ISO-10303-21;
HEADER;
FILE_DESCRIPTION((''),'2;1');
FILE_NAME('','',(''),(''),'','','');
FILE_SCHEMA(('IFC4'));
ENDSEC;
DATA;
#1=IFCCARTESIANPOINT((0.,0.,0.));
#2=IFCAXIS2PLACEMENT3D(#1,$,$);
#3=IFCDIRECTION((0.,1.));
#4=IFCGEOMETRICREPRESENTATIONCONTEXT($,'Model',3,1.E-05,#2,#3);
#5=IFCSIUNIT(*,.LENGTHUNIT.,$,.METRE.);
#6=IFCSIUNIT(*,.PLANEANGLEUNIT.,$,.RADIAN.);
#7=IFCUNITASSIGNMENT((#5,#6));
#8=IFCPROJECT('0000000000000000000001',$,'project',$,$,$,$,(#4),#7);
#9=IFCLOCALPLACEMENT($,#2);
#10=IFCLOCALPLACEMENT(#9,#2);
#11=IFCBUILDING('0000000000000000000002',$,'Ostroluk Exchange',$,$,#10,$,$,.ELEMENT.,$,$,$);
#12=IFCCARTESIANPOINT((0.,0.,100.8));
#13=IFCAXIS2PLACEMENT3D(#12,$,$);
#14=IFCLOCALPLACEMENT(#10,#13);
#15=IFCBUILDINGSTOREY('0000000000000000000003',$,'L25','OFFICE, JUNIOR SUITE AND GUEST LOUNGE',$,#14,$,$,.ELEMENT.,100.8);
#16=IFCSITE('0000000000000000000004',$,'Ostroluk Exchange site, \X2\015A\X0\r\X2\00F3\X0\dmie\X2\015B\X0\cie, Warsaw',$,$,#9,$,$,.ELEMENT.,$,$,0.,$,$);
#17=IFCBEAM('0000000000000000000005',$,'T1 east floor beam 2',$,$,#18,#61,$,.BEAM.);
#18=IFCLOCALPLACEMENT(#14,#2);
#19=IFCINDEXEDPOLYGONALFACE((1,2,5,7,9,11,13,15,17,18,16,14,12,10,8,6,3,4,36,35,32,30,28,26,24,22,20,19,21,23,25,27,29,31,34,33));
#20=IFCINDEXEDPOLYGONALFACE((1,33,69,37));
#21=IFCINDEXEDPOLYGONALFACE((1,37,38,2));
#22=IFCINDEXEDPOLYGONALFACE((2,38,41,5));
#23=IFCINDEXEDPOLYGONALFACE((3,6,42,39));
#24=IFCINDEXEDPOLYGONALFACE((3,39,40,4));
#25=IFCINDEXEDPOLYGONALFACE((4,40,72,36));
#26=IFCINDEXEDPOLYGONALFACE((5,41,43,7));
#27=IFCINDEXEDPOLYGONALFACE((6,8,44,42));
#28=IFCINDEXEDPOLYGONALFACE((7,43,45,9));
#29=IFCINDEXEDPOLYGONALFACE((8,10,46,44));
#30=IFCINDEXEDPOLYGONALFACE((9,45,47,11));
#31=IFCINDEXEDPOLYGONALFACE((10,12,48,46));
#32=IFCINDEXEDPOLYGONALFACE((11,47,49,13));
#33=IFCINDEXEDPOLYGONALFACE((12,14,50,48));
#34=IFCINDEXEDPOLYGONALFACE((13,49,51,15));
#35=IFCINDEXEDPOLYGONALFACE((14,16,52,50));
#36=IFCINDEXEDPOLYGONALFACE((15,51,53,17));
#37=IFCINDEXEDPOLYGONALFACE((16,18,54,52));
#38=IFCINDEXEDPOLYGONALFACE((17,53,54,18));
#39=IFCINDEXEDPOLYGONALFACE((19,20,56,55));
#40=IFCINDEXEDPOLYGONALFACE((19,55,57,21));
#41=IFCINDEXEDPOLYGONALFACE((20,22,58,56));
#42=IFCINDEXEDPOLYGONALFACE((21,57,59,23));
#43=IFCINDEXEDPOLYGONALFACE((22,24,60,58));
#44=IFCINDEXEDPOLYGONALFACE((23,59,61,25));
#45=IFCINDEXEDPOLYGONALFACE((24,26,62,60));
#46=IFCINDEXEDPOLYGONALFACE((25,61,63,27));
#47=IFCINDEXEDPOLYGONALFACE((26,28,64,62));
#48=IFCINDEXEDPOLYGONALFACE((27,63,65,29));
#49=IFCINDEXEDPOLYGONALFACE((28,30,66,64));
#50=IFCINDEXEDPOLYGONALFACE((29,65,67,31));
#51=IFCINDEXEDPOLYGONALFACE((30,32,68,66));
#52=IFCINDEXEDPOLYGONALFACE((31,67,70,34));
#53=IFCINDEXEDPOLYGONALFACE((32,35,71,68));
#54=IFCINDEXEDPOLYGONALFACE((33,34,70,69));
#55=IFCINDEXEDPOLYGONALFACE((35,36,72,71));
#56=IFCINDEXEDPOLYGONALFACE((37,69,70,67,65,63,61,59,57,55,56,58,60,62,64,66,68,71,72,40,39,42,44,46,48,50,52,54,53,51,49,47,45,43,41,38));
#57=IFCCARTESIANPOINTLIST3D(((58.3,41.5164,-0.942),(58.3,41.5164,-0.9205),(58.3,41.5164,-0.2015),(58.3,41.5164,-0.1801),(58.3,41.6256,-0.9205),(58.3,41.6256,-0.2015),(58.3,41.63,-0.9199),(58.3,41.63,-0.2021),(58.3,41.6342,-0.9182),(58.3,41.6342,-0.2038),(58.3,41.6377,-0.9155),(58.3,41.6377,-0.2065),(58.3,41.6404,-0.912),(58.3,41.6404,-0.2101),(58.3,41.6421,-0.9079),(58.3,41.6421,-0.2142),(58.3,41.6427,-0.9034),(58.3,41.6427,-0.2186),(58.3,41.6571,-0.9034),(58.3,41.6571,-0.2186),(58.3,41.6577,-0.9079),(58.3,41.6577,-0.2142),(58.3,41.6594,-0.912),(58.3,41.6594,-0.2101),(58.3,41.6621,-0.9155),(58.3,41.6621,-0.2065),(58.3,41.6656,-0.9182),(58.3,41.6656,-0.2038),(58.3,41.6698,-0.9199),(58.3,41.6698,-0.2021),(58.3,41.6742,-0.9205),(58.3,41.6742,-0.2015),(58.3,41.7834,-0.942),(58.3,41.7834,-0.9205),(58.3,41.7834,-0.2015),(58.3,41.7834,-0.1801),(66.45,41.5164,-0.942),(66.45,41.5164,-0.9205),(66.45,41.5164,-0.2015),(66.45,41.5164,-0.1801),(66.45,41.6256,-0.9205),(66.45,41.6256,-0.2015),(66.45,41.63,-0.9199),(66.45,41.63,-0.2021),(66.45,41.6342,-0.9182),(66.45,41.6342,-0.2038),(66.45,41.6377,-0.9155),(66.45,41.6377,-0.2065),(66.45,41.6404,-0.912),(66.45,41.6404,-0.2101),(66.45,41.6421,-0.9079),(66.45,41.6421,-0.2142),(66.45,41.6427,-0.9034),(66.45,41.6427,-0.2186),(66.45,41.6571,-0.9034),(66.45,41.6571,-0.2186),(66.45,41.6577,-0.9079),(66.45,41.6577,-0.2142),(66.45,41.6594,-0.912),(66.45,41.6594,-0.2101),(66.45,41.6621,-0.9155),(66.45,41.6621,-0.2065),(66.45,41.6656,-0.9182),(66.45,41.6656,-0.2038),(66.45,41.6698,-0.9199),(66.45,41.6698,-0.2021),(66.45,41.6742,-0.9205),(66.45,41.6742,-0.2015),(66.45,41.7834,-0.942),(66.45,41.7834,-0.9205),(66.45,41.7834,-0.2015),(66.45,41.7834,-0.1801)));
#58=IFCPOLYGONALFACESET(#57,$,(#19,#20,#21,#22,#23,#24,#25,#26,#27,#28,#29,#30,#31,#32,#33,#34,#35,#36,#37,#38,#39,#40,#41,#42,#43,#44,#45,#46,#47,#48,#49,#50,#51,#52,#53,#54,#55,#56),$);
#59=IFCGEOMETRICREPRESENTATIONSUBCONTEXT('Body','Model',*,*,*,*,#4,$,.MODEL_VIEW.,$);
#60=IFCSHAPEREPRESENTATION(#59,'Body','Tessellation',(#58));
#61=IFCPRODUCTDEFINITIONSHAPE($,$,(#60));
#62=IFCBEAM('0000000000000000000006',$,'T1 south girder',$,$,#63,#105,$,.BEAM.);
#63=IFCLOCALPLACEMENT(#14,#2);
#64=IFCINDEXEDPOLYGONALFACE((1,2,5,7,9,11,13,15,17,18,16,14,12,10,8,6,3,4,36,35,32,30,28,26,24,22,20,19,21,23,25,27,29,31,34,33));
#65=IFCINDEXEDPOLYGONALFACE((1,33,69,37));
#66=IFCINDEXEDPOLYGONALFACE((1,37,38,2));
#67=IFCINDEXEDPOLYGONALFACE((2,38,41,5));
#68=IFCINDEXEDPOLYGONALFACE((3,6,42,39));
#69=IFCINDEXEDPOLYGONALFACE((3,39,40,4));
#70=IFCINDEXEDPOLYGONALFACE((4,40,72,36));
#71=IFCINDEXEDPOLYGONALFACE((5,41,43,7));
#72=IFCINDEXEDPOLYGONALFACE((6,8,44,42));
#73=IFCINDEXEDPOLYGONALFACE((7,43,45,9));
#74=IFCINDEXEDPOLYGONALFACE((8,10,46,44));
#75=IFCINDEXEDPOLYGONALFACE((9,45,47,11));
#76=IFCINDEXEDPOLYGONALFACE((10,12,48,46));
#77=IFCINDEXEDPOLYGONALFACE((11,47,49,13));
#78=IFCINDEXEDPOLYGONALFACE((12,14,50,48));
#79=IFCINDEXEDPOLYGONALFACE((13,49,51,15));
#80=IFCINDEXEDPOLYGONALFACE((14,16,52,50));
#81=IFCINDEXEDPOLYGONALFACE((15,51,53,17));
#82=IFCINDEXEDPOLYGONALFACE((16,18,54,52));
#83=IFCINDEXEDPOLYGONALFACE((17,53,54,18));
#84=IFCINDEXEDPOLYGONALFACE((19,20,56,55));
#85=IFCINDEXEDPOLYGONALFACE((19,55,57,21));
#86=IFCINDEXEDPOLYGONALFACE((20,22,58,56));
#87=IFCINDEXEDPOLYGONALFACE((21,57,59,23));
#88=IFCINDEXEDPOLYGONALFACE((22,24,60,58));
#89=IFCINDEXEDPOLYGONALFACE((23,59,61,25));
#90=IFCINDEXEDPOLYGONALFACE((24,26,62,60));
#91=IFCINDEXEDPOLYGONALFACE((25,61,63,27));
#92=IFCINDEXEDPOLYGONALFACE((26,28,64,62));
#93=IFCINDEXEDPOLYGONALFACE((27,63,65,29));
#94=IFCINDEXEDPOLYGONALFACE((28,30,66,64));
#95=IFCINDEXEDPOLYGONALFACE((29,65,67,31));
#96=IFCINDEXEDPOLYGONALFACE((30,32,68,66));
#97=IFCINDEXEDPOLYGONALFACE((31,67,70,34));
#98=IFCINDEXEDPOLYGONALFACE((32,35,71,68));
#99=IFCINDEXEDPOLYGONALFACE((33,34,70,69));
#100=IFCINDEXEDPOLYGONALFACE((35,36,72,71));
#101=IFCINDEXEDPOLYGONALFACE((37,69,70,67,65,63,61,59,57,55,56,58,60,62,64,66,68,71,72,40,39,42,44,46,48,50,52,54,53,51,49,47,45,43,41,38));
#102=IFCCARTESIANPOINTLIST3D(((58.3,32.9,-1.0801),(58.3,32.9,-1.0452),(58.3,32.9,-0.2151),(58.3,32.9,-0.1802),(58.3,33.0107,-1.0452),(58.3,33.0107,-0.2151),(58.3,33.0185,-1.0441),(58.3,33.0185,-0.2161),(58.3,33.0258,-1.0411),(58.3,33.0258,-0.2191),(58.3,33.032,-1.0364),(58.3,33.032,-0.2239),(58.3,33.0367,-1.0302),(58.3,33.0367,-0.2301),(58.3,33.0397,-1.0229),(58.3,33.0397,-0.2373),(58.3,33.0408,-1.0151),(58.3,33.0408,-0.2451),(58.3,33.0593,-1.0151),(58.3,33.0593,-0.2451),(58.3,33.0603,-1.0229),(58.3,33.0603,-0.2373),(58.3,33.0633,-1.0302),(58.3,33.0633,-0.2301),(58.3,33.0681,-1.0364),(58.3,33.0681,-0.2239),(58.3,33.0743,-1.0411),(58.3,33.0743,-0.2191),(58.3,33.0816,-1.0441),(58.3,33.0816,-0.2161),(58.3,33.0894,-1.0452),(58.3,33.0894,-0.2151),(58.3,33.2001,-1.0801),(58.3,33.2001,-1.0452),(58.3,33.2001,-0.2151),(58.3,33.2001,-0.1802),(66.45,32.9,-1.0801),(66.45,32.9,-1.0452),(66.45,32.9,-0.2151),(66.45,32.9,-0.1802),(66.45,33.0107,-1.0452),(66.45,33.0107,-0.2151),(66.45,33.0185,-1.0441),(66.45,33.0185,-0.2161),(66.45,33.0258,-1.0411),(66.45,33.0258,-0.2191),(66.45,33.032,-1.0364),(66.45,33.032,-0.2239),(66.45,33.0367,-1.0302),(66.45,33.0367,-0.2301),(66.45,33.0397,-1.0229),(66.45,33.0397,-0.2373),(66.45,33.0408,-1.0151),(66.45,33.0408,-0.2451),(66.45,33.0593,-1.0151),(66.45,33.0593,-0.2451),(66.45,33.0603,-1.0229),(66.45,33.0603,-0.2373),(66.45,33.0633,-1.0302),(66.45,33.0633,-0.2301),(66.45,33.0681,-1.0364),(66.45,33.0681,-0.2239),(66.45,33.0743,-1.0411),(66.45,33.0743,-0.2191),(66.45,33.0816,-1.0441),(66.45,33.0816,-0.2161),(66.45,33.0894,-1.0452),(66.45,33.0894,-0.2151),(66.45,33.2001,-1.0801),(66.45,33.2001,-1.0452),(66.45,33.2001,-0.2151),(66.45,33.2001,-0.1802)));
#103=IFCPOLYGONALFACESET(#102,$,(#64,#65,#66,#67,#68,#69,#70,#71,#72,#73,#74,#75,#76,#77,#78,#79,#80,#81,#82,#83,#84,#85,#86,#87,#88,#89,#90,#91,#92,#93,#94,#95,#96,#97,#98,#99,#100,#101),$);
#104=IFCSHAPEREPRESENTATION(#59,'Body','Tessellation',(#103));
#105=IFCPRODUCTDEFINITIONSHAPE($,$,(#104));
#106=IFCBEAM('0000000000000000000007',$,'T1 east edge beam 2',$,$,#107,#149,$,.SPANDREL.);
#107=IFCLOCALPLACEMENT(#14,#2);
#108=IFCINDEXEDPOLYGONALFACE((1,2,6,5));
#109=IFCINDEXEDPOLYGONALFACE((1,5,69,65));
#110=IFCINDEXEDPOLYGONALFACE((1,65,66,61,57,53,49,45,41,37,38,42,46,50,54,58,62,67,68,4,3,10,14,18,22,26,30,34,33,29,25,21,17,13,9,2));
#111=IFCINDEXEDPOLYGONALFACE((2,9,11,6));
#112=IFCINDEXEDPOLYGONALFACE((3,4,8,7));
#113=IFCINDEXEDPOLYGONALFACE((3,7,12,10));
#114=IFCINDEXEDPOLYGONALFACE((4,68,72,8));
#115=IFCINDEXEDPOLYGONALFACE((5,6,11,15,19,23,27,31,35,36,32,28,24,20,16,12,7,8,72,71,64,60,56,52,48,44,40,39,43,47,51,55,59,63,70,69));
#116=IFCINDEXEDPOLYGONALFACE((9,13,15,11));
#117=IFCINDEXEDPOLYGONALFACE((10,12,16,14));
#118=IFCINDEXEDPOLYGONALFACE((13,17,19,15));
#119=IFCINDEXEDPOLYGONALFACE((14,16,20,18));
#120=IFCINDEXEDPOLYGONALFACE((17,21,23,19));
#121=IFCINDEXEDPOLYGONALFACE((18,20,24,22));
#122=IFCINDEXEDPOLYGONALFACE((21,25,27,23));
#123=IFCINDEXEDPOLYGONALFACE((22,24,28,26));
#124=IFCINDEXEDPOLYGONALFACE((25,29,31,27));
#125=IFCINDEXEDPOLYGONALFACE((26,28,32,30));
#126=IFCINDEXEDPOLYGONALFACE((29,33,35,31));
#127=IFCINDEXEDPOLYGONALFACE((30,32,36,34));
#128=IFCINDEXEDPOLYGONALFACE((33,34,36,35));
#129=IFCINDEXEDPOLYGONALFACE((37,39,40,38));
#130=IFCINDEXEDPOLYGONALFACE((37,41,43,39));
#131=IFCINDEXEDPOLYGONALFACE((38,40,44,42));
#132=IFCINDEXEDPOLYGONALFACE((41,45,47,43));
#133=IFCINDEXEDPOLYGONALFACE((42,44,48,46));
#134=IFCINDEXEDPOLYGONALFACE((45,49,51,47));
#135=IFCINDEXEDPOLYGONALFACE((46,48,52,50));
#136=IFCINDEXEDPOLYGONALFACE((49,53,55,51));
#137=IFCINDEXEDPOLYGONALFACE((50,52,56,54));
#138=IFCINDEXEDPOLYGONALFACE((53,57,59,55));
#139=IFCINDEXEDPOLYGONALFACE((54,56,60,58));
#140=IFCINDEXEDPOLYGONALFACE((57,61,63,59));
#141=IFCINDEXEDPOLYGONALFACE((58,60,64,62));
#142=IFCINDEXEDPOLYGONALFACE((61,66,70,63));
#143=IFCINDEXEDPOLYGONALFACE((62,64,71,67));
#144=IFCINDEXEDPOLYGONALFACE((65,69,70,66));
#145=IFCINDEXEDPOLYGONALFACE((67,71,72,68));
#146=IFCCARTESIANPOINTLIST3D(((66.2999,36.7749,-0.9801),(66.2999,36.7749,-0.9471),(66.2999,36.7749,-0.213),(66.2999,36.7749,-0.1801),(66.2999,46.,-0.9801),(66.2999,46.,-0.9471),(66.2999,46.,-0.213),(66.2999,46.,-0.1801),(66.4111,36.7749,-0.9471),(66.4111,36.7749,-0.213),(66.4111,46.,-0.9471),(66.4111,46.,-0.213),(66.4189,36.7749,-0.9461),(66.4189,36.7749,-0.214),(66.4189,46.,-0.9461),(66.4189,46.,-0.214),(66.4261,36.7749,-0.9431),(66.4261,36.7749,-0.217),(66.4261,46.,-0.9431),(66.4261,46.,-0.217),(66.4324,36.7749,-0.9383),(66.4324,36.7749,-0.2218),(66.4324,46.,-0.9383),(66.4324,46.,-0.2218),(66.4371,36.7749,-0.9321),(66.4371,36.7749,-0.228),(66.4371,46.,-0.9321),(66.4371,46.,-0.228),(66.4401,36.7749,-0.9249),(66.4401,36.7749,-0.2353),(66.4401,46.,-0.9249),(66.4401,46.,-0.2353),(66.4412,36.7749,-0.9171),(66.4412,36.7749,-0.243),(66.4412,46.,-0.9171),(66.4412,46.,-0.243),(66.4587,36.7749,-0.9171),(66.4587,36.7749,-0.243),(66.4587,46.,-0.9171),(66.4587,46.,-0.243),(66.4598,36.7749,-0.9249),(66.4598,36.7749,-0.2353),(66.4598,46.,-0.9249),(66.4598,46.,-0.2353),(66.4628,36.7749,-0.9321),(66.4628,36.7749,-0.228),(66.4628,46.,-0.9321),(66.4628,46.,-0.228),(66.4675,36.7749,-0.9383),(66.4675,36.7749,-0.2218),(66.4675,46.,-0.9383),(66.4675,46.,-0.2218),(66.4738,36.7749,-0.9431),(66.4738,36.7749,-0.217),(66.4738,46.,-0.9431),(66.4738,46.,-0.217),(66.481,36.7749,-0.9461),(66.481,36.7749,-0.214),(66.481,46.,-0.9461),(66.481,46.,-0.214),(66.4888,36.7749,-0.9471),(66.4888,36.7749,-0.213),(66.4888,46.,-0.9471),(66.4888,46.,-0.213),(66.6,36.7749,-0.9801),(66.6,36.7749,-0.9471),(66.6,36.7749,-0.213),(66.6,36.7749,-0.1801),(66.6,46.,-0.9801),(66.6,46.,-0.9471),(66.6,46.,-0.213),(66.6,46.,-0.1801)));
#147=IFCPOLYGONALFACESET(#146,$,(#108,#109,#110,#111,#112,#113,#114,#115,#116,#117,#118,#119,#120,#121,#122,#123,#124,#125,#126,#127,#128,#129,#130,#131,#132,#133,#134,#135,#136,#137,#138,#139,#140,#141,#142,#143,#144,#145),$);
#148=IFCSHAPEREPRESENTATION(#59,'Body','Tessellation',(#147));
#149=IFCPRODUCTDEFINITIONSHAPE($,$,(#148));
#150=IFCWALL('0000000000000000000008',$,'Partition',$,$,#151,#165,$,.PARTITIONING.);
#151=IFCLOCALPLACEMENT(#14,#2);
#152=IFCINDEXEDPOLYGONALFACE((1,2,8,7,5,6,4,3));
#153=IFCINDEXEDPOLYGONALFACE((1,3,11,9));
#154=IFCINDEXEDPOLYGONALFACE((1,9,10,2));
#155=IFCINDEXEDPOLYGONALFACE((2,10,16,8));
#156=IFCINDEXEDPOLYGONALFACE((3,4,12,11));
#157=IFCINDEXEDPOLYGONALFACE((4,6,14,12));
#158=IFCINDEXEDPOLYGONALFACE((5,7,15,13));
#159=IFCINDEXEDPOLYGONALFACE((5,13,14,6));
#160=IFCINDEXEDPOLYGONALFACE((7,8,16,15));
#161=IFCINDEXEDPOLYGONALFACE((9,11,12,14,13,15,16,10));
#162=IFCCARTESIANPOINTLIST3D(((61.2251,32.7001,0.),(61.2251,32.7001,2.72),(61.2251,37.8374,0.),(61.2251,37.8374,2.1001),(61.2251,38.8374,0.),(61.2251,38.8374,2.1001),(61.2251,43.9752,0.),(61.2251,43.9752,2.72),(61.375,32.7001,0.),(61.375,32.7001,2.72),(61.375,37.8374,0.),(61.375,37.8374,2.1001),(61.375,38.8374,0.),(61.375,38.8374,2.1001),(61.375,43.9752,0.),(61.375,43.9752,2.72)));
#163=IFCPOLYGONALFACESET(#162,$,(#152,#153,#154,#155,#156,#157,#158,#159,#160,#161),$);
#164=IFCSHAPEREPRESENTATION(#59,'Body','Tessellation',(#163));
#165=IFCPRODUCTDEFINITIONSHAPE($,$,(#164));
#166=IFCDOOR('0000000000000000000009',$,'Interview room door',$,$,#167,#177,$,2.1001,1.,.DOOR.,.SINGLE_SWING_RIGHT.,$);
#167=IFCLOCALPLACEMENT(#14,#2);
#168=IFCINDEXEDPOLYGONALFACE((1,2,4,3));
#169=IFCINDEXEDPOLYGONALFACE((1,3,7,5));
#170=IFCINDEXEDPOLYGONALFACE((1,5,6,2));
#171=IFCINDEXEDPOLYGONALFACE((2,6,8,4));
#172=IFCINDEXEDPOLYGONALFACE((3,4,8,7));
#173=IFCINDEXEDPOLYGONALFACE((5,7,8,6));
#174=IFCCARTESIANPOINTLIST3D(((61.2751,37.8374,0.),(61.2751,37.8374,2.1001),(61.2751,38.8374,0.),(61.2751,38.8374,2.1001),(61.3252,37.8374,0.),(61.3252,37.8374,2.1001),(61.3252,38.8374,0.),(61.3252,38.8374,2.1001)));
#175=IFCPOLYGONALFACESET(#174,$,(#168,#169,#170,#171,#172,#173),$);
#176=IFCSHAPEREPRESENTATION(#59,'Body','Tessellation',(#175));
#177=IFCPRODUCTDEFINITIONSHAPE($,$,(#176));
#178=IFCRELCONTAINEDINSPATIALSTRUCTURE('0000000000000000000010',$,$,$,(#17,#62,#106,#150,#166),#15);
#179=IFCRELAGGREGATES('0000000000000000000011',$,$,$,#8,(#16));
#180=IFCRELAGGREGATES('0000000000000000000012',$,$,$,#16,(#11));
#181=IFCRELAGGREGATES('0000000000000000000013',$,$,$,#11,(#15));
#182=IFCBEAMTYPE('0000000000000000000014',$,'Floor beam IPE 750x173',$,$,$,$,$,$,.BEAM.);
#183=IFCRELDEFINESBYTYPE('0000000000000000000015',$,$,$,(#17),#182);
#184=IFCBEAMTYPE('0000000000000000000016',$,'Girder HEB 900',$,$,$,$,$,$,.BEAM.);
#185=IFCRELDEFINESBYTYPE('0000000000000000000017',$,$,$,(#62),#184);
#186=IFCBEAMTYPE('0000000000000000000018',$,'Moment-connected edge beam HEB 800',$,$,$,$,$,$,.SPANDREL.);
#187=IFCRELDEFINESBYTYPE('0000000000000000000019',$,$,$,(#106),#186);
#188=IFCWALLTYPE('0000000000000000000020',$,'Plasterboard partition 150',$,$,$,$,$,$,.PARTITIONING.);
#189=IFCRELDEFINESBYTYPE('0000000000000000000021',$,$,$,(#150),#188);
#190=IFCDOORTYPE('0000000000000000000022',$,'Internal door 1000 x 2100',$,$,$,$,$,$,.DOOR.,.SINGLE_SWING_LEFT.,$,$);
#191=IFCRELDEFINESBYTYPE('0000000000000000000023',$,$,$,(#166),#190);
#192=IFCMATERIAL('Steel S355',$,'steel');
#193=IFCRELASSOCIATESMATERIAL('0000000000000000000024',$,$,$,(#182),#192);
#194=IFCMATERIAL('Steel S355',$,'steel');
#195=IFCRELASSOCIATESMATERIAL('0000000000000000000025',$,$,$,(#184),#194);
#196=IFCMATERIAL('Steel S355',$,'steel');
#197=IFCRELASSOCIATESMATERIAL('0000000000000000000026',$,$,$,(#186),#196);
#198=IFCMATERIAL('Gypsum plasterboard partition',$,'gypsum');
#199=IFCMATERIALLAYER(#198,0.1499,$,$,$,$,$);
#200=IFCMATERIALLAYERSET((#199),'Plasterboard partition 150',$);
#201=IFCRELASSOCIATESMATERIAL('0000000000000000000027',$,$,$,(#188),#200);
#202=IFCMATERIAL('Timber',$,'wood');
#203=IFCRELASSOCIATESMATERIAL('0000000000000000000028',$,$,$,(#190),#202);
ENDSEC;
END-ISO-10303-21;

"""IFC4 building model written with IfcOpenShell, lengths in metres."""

from ifc_helpers import new_model, si_unit, direction, frame, frame_2d, origin, origin_2d, place, context, subcontext, project, spatial, rectangle, i_section, extrude, material, layer, layer_set, material_profile, profile_set, type_object, element, fill, save


model = new_model("IFC4")

# Units and contexts
model_context = context("Model", 3, precision=1e-05, world=origin(), true_north=direction((0.0, 1.0)))
body_context = subcontext(model_context, "Body", "Model", "MODEL_VIEW")
ifc_project = project(units=[si_unit("LENGTHUNIT", "METRE"), si_unit("PLANEANGLEUNIT", "RADIAN")], contexts=[model_context])

# Site, building, storey
site_placement = place(None, origin())
site = spatial("IfcSite", under=ifc_project, at=site_placement, Name="Ostroluk Exchange site, Śródmieście, Warsaw", CompositionType="ELEMENT", RefElevation=0.0)
building_placement = place(site_placement, origin())
building = spatial("IfcBuilding", under=site, at=building_placement, Name="Ostroluk Exchange", CompositionType="ELEMENT")
storey_placement = place(building_placement, frame((0.0, 0.0, 100.8)))
storey = spatial("IfcBuildingStorey", under=building, at=storey_placement, Name="L25", Description="OFFICE, JUNIOR SUITE AND GUEST LOUNGE", CompositionType="ELEMENT", Elevation=100.8)

# Beams
ifc_material_1 = material(Name="Steel S355", Category="steel")
ifc_material_profile_1 = material_profile(ifc_material_1, i_section(OverallWidth=0.2671, OverallDepth=0.762, WebThickness=0.0144, FlangeThickness=0.0215, FilletRadius=0.0171, at=origin_2d()), Name="IPE 750x173")
ifc_profile_set_1 = profile_set([ifc_material_profile_1], Name="Steel S355")
beam_type_1 = type_object("IfcBeamType", Name="Floor beam IPE 750x173", PredefinedType="BEAM", material=ifc_profile_set_1)
for number, where, z_axis, x_axis, name in (
    (1, (58.3, 41.6499, -0.561), (1.0, 0.0, 0.0), (0.0, 1.0, 0.0), "T1 east floor beam 2"),
):
    element("IfcBeam", number, at=place(storey_placement, frame(where, z_axis=z_axis, x_axis=x_axis)), inside=storey, type_object=beam_type_1, Name=name, PredefinedType="BEAM", context=body_context, shape_type="SweptSolid", body=[
        extrude(i_section(OverallWidth=0.2671, OverallDepth=0.762, WebThickness=0.0144, FlangeThickness=0.0215, FilletRadius=0.0171, at=origin_2d()), origin(), (0.0, 0.0, 1.0), 8.1499),
    ])
ifc_material_2 = material(Name="Steel S355", Category="steel")
ifc_material_profile_2 = material_profile(ifc_material_2, i_section(OverallWidth=0.3, OverallDepth=0.8999, WebThickness=0.0186, FlangeThickness=0.0349, FilletRadius=0.03, at=origin_2d()), Name="HEB 900")
ifc_profile_set_2 = profile_set([ifc_material_profile_2], Name="Steel S355")
beam_type_2 = type_object("IfcBeamType", Name="Girder HEB 900", PredefinedType="BEAM", material=ifc_profile_set_2)
beam_1_placement = place(storey_placement, frame((58.3, 33.05, -0.6301), z_axis=(1.0, 0.0, 0.0), x_axis=(0.0, 1.0, 0.0)))
element("IfcBeam", 2, at=beam_1_placement, inside=storey, type_object=beam_type_2, Name="T1 south girder", PredefinedType="BEAM", context=body_context, shape_type="SweptSolid", body=[
    extrude(i_section(OverallWidth=0.3, OverallDepth=0.8999, WebThickness=0.0186, FlangeThickness=0.0349, FilletRadius=0.03, at=origin_2d()), origin(), (0.0, 0.0, 1.0), 8.1499),
])
ifc_material_3 = material(Name="Steel S355", Category="steel")
ifc_material_profile_3 = material_profile(ifc_material_3, i_section(OverallWidth=0.3, OverallDepth=0.8, WebThickness=0.0176, FlangeThickness=0.033, FilletRadius=0.03, at=origin_2d()), Name="HEB 800")
ifc_profile_set_3 = profile_set([ifc_material_profile_3], Name="Steel S355")
beam_type_3 = type_object("IfcBeamType", Name="Moment-connected edge beam HEB 800", PredefinedType="SPANDREL", material=ifc_profile_set_3)
beam_2_placement = place(storey_placement, frame((66.45, 36.7749, -0.5801), z_axis=(0.0, 1.0, 0.0), x_axis=(-1.0, 0.0, 0.0)))
element("IfcBeam", 3, at=beam_2_placement, inside=storey, type_object=beam_type_3, Name="T1 east edge beam 2", PredefinedType="SPANDREL", context=body_context, shape_type="SweptSolid", body=[
    extrude(i_section(OverallWidth=0.3, OverallDepth=0.8, WebThickness=0.0176, FlangeThickness=0.033, FilletRadius=0.03, at=origin_2d()), origin(), (0.0, 0.0, 1.0), 9.2251),
])

# Wall, opening, door
ifc_material_4 = material(Name="Gypsum plasterboard partition", Category="gypsum")
ifc_layer_1 = layer(ifc_material_4, 0.1499)
ifc_layer_set_1 = layer_set([ifc_layer_1], Name="Plasterboard partition 150")
wall_type_1 = type_object("IfcWallType", Name="Plasterboard partition 150", PredefinedType="PARTITIONING", material=ifc_layer_set_1)
wall_1_placement = place(storey_placement, frame((61.3, 32.7, 0.0), z_axis=(0.0, 0.0, 1.0), x_axis=(0.0, 1.0, 0.0)))
wall_1 = element("IfcWall", 4, at=wall_1_placement, inside=storey, type_object=wall_type_1, Name="Partition", PredefinedType="PARTITIONING", context=body_context, shape_type="SweptSolid", body=[
    extrude(rectangle(XDim=11.2751, YDim=0.1499, at=frame_2d((5.6377, 0.0))), origin(), (0.0, 0.0, 1.0), 2.72),
])
opening_1_placement = place(wall_1_placement, frame((5.1375, 0.0, 0.0)))
opening_1 = element("IfcOpeningElement", 5, at=opening_1_placement, cuts=wall_1, PredefinedType="OPENING", context=body_context, shape_type="SweptSolid", body=[
    extrude(rectangle(XDim=1.0, YDim=2.1001, at=frame_2d((0.5, 1.05))), frame((0.0, 0.085, 0.0), z_axis=(0.0, -1.0, 0.0), x_axis=(1.0, 0.0, 0.0)), (0.0, 0.0, 1.0), 0.1699),
])
ifc_material_5 = material(Name="Timber", Category="wood")
door_type_1 = type_object("IfcDoorType", Name="Internal door 1000 x 2100", OperationType="SINGLE_SWING_LEFT", PredefinedType="DOOR", material=ifc_material_5)
door_1_placement = place(opening_1_placement, origin())
door_1 = element("IfcDoor", 6, at=door_1_placement, inside=storey, type_object=door_type_1, Name="Interview room door", OperationType="SINGLE_SWING_RIGHT", OverallHeight=2.1001, OverallWidth=1.0, PredefinedType="DOOR", context=body_context, shape_type="SweptSolid", body=[
    extrude(rectangle(XDim=1.0, YDim=2.1001, at=frame_2d((0.5, 1.05))), frame((0.0, 0.0249, 0.0), z_axis=(0.0, -1.0, 0.0), x_axis=(1.0, 0.0, 0.0)), (0.0, 0.0, 1.0), 0.05),
])
fill(opening_1, door_1)

save(model, "model.ifc")
